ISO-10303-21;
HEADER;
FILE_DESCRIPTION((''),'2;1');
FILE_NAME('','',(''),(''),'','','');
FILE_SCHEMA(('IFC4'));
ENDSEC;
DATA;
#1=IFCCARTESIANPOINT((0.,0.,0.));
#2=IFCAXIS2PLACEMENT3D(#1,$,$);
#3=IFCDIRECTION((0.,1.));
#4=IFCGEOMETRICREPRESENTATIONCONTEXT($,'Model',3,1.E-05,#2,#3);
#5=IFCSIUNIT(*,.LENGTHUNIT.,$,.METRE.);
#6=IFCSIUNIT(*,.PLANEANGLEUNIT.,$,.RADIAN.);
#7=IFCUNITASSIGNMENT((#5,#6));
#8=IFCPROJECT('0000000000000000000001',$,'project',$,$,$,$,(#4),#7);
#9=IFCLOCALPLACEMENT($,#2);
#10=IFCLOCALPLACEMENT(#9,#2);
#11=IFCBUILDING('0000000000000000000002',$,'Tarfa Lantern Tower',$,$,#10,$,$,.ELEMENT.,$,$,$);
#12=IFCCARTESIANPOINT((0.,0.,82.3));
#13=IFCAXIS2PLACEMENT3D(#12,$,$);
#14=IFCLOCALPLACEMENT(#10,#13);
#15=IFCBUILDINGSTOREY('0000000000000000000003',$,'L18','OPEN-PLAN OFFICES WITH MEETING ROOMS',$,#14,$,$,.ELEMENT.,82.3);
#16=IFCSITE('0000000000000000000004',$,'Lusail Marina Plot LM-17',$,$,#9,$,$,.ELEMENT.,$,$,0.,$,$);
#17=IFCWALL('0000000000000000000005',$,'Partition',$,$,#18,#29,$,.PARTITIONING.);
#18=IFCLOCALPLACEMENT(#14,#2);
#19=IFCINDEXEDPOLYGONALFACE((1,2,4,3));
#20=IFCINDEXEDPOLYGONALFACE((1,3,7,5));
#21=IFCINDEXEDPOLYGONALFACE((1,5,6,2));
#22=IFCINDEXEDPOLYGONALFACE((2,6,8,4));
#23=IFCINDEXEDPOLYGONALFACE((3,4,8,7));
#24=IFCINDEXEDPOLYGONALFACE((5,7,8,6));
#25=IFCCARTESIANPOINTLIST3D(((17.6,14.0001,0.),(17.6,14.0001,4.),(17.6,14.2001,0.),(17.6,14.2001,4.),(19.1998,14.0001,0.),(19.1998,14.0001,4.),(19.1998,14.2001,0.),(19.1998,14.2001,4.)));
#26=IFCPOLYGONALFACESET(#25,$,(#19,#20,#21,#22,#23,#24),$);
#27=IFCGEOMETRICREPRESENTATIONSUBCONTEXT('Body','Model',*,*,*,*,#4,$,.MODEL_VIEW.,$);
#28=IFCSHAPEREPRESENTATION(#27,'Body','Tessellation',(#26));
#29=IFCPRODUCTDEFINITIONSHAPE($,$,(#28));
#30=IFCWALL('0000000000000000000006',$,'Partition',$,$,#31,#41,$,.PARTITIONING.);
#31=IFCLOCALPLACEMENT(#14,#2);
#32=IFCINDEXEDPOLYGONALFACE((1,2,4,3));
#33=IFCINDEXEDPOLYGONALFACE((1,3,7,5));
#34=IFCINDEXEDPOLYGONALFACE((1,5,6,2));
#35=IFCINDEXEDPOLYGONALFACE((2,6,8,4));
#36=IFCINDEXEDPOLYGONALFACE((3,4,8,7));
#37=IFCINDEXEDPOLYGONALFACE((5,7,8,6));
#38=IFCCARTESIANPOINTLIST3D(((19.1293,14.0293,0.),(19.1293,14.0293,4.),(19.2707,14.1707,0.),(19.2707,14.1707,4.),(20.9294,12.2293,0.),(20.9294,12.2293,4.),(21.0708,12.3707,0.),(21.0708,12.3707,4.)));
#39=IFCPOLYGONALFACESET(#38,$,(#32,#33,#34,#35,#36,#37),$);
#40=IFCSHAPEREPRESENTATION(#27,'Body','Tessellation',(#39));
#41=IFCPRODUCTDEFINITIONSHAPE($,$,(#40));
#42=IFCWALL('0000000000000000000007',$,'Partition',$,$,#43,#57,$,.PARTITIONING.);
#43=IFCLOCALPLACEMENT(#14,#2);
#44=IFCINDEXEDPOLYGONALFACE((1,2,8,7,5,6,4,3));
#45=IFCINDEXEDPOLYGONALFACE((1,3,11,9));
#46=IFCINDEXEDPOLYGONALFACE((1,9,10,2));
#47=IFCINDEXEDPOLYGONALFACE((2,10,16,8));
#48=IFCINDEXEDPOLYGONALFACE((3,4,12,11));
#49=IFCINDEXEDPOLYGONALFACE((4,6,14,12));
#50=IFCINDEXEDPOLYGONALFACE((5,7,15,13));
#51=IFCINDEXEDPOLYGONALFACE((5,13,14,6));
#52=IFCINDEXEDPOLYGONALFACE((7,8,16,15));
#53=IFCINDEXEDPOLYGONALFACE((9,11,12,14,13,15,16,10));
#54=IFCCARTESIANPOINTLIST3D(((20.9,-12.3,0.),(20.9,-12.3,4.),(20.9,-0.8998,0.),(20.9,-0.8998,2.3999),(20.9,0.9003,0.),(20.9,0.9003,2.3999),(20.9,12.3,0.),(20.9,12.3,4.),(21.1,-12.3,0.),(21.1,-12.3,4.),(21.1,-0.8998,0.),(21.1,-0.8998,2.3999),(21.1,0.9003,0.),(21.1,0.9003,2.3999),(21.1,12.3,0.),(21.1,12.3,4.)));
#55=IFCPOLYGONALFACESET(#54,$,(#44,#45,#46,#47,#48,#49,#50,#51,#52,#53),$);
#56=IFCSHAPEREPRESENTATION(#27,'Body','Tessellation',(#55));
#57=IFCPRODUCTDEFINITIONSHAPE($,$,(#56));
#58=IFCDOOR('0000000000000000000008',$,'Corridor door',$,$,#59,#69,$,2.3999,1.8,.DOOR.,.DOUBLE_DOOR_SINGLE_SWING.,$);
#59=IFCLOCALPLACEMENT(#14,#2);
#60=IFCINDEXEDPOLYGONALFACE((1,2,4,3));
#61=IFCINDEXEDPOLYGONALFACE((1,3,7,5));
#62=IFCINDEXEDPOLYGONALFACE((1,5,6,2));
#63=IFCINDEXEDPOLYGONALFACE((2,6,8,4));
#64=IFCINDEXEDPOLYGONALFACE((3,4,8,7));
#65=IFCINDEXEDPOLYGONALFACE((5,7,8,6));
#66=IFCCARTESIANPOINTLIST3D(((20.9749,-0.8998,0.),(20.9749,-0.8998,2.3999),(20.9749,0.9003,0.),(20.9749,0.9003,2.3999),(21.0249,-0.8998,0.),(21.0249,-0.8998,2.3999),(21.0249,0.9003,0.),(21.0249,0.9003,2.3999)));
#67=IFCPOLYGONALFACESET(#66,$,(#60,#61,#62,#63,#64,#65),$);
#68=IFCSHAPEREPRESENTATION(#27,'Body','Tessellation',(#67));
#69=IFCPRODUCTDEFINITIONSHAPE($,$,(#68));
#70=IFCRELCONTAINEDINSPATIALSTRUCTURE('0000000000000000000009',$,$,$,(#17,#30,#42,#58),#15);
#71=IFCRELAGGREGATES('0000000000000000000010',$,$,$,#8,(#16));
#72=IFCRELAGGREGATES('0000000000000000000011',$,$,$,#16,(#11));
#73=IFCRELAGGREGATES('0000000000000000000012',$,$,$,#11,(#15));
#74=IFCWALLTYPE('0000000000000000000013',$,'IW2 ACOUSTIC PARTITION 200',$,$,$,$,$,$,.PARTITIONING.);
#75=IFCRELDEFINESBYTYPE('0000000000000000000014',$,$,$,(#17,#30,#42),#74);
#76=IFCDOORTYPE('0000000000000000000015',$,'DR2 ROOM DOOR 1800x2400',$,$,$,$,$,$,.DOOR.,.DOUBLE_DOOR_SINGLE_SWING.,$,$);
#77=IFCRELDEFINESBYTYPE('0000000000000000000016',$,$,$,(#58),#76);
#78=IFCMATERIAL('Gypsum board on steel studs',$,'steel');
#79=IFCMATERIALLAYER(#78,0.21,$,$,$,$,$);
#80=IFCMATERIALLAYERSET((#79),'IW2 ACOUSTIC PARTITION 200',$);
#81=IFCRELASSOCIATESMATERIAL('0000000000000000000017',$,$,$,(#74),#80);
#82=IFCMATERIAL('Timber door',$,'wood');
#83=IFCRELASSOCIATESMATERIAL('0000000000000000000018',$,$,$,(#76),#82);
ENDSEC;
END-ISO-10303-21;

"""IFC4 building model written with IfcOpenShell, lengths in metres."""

from ifc_helpers import new_model, si_unit, direction, frame, frame_2d, origin, place, context, subcontext, project, spatial, rectangle, extrude, material, layer, layer_set, type_object, element, fill, save


model = new_model("IFC4")

# Units and contexts
model_context = context("Model", 3, precision=1e-05, world=origin(), true_north=direction((0.0, 1.0)))
body_context = subcontext(model_context, "Body", "Model", "MODEL_VIEW")
ifc_project = project(units=[si_unit("LENGTHUNIT", "METRE"), si_unit("PLANEANGLEUNIT", "RADIAN")], contexts=[model_context])

# Site, building, storey
site_placement = place(None, origin())
site = spatial("IfcSite", under=ifc_project, at=site_placement, Name="Lusail Marina Plot LM-17", CompositionType="ELEMENT", RefElevation=0.0)
building_placement = place(site_placement, origin())
building = spatial("IfcBuilding", under=site, at=building_placement, Name="Tarfa Lantern Tower", CompositionType="ELEMENT")
storey_placement = place(building_placement, frame((0.0, 0.0, 82.3)))
storey = spatial("IfcBuildingStorey", under=building, at=storey_placement, Name="L18", Description="OPEN-PLAN OFFICES WITH MEETING ROOMS", CompositionType="ELEMENT", Elevation=82.3)

# Walls
ifc_material_1 = material(Name="Gypsum board on steel studs", Category="steel")
ifc_layer_1 = layer(ifc_material_1, 0.21)
ifc_layer_set_1 = layer_set([ifc_layer_1], Name="IW2 ACOUSTIC PARTITION 200")
wall_type_1 = type_object("IfcWallType", Name="IW2 ACOUSTIC PARTITION 200", PredefinedType="PARTITIONING", material=ifc_layer_set_1)
wall_1_placement = place(storey_placement, frame((17.6001, 14.1001, 0.0), z_axis=(0.0, 0.0, 1.0), x_axis=(1.0, 0.0, 0.0)))
element("IfcWall", 1, at=wall_1_placement, inside=storey, type_object=wall_type_1, Name="Partition", PredefinedType="PARTITIONING", context=body_context, shape_type="SweptSolid", body=[
    extrude(rectangle(XDim=1.5999, YDim=0.2, at=frame_2d((0.7998, 0.0))), origin(), (0.0, 0.0, 1.0), 4.0),
])
wall_2_placement = place(storey_placement, frame((19.2, 14.1001, 0.0), z_axis=(0.0, 0.0, 1.0), x_axis=(0.707107, -0.707107, 0.0)))
element("IfcWall", 2, at=wall_2_placement, inside=storey, type_object=wall_type_1, Name="Partition", PredefinedType="PARTITIONING", context=body_context, shape_type="SweptSolid", body=[
    extrude(rectangle(XDim=2.5457, YDim=0.2, at=frame_2d((1.2729, 0.0))), origin(), (0.0, 0.0, 1.0), 4.0),
])

# Wall, opening, door
wall_3_placement = place(storey_placement, frame((21.0, 12.3, 0.0), z_axis=(0.0, 0.0, 1.0), x_axis=(0.0, -1.0, 0.0)))
wall_3 = element("IfcWall", 3, at=wall_3_placement, inside=storey, type_object=wall_type_1, Name="Partition", PredefinedType="PARTITIONING", context=body_context, shape_type="SweptSolid", body=[
    extrude(rectangle(XDim=24.6001, YDim=0.2, at=frame_2d((12.3, 0.0))), origin(), (0.0, 0.0, 1.0), 4.0),
])
opening_1_placement = place(wall_3_placement, frame((11.3999, 0.0, 0.0)))
opening_1 = element("IfcOpeningElement", 4, at=opening_1_placement, cuts=wall_3, PredefinedType="OPENING", context=body_context, shape_type="SweptSolid", body=[
    extrude(rectangle(XDim=1.8, YDim=2.3999, at=frame_2d((0.8999, 1.2))), frame((0.0, 0.1099, 0.0), z_axis=(0.0, -1.0, 0.0), x_axis=(1.0, 0.0, 0.0)), (0.0, 0.0, 1.0), 0.22),
])
ifc_material_2 = material(Name="Timber door", Category="wood")
door_type_1 = type_object("IfcDoorType", Name="DR2 ROOM DOOR 1800x2400", OperationType="DOUBLE_DOOR_SINGLE_SWING", PredefinedType="DOOR", material=ifc_material_2)
door_1_placement = place(opening_1_placement, origin())
door_1 = element("IfcDoor", 5, at=door_1_placement, inside=storey, type_object=door_type_1, Name="Corridor door", OperationType="DOUBLE_DOOR_SINGLE_SWING", OverallHeight=2.3999, OverallWidth=1.8, PredefinedType="DOOR", context=body_context, shape_type="SweptSolid", body=[
    extrude(rectangle(XDim=1.8, YDim=2.3999, at=frame_2d((0.8999, 1.2))), frame((0.0, 0.0249, 0.0), z_axis=(0.0, -1.0, 0.0), x_axis=(1.0, 0.0, 0.0)), (0.0, 0.0, 1.0), 0.05),
])
fill(opening_1, door_1)

save(model, "model.ifc")
